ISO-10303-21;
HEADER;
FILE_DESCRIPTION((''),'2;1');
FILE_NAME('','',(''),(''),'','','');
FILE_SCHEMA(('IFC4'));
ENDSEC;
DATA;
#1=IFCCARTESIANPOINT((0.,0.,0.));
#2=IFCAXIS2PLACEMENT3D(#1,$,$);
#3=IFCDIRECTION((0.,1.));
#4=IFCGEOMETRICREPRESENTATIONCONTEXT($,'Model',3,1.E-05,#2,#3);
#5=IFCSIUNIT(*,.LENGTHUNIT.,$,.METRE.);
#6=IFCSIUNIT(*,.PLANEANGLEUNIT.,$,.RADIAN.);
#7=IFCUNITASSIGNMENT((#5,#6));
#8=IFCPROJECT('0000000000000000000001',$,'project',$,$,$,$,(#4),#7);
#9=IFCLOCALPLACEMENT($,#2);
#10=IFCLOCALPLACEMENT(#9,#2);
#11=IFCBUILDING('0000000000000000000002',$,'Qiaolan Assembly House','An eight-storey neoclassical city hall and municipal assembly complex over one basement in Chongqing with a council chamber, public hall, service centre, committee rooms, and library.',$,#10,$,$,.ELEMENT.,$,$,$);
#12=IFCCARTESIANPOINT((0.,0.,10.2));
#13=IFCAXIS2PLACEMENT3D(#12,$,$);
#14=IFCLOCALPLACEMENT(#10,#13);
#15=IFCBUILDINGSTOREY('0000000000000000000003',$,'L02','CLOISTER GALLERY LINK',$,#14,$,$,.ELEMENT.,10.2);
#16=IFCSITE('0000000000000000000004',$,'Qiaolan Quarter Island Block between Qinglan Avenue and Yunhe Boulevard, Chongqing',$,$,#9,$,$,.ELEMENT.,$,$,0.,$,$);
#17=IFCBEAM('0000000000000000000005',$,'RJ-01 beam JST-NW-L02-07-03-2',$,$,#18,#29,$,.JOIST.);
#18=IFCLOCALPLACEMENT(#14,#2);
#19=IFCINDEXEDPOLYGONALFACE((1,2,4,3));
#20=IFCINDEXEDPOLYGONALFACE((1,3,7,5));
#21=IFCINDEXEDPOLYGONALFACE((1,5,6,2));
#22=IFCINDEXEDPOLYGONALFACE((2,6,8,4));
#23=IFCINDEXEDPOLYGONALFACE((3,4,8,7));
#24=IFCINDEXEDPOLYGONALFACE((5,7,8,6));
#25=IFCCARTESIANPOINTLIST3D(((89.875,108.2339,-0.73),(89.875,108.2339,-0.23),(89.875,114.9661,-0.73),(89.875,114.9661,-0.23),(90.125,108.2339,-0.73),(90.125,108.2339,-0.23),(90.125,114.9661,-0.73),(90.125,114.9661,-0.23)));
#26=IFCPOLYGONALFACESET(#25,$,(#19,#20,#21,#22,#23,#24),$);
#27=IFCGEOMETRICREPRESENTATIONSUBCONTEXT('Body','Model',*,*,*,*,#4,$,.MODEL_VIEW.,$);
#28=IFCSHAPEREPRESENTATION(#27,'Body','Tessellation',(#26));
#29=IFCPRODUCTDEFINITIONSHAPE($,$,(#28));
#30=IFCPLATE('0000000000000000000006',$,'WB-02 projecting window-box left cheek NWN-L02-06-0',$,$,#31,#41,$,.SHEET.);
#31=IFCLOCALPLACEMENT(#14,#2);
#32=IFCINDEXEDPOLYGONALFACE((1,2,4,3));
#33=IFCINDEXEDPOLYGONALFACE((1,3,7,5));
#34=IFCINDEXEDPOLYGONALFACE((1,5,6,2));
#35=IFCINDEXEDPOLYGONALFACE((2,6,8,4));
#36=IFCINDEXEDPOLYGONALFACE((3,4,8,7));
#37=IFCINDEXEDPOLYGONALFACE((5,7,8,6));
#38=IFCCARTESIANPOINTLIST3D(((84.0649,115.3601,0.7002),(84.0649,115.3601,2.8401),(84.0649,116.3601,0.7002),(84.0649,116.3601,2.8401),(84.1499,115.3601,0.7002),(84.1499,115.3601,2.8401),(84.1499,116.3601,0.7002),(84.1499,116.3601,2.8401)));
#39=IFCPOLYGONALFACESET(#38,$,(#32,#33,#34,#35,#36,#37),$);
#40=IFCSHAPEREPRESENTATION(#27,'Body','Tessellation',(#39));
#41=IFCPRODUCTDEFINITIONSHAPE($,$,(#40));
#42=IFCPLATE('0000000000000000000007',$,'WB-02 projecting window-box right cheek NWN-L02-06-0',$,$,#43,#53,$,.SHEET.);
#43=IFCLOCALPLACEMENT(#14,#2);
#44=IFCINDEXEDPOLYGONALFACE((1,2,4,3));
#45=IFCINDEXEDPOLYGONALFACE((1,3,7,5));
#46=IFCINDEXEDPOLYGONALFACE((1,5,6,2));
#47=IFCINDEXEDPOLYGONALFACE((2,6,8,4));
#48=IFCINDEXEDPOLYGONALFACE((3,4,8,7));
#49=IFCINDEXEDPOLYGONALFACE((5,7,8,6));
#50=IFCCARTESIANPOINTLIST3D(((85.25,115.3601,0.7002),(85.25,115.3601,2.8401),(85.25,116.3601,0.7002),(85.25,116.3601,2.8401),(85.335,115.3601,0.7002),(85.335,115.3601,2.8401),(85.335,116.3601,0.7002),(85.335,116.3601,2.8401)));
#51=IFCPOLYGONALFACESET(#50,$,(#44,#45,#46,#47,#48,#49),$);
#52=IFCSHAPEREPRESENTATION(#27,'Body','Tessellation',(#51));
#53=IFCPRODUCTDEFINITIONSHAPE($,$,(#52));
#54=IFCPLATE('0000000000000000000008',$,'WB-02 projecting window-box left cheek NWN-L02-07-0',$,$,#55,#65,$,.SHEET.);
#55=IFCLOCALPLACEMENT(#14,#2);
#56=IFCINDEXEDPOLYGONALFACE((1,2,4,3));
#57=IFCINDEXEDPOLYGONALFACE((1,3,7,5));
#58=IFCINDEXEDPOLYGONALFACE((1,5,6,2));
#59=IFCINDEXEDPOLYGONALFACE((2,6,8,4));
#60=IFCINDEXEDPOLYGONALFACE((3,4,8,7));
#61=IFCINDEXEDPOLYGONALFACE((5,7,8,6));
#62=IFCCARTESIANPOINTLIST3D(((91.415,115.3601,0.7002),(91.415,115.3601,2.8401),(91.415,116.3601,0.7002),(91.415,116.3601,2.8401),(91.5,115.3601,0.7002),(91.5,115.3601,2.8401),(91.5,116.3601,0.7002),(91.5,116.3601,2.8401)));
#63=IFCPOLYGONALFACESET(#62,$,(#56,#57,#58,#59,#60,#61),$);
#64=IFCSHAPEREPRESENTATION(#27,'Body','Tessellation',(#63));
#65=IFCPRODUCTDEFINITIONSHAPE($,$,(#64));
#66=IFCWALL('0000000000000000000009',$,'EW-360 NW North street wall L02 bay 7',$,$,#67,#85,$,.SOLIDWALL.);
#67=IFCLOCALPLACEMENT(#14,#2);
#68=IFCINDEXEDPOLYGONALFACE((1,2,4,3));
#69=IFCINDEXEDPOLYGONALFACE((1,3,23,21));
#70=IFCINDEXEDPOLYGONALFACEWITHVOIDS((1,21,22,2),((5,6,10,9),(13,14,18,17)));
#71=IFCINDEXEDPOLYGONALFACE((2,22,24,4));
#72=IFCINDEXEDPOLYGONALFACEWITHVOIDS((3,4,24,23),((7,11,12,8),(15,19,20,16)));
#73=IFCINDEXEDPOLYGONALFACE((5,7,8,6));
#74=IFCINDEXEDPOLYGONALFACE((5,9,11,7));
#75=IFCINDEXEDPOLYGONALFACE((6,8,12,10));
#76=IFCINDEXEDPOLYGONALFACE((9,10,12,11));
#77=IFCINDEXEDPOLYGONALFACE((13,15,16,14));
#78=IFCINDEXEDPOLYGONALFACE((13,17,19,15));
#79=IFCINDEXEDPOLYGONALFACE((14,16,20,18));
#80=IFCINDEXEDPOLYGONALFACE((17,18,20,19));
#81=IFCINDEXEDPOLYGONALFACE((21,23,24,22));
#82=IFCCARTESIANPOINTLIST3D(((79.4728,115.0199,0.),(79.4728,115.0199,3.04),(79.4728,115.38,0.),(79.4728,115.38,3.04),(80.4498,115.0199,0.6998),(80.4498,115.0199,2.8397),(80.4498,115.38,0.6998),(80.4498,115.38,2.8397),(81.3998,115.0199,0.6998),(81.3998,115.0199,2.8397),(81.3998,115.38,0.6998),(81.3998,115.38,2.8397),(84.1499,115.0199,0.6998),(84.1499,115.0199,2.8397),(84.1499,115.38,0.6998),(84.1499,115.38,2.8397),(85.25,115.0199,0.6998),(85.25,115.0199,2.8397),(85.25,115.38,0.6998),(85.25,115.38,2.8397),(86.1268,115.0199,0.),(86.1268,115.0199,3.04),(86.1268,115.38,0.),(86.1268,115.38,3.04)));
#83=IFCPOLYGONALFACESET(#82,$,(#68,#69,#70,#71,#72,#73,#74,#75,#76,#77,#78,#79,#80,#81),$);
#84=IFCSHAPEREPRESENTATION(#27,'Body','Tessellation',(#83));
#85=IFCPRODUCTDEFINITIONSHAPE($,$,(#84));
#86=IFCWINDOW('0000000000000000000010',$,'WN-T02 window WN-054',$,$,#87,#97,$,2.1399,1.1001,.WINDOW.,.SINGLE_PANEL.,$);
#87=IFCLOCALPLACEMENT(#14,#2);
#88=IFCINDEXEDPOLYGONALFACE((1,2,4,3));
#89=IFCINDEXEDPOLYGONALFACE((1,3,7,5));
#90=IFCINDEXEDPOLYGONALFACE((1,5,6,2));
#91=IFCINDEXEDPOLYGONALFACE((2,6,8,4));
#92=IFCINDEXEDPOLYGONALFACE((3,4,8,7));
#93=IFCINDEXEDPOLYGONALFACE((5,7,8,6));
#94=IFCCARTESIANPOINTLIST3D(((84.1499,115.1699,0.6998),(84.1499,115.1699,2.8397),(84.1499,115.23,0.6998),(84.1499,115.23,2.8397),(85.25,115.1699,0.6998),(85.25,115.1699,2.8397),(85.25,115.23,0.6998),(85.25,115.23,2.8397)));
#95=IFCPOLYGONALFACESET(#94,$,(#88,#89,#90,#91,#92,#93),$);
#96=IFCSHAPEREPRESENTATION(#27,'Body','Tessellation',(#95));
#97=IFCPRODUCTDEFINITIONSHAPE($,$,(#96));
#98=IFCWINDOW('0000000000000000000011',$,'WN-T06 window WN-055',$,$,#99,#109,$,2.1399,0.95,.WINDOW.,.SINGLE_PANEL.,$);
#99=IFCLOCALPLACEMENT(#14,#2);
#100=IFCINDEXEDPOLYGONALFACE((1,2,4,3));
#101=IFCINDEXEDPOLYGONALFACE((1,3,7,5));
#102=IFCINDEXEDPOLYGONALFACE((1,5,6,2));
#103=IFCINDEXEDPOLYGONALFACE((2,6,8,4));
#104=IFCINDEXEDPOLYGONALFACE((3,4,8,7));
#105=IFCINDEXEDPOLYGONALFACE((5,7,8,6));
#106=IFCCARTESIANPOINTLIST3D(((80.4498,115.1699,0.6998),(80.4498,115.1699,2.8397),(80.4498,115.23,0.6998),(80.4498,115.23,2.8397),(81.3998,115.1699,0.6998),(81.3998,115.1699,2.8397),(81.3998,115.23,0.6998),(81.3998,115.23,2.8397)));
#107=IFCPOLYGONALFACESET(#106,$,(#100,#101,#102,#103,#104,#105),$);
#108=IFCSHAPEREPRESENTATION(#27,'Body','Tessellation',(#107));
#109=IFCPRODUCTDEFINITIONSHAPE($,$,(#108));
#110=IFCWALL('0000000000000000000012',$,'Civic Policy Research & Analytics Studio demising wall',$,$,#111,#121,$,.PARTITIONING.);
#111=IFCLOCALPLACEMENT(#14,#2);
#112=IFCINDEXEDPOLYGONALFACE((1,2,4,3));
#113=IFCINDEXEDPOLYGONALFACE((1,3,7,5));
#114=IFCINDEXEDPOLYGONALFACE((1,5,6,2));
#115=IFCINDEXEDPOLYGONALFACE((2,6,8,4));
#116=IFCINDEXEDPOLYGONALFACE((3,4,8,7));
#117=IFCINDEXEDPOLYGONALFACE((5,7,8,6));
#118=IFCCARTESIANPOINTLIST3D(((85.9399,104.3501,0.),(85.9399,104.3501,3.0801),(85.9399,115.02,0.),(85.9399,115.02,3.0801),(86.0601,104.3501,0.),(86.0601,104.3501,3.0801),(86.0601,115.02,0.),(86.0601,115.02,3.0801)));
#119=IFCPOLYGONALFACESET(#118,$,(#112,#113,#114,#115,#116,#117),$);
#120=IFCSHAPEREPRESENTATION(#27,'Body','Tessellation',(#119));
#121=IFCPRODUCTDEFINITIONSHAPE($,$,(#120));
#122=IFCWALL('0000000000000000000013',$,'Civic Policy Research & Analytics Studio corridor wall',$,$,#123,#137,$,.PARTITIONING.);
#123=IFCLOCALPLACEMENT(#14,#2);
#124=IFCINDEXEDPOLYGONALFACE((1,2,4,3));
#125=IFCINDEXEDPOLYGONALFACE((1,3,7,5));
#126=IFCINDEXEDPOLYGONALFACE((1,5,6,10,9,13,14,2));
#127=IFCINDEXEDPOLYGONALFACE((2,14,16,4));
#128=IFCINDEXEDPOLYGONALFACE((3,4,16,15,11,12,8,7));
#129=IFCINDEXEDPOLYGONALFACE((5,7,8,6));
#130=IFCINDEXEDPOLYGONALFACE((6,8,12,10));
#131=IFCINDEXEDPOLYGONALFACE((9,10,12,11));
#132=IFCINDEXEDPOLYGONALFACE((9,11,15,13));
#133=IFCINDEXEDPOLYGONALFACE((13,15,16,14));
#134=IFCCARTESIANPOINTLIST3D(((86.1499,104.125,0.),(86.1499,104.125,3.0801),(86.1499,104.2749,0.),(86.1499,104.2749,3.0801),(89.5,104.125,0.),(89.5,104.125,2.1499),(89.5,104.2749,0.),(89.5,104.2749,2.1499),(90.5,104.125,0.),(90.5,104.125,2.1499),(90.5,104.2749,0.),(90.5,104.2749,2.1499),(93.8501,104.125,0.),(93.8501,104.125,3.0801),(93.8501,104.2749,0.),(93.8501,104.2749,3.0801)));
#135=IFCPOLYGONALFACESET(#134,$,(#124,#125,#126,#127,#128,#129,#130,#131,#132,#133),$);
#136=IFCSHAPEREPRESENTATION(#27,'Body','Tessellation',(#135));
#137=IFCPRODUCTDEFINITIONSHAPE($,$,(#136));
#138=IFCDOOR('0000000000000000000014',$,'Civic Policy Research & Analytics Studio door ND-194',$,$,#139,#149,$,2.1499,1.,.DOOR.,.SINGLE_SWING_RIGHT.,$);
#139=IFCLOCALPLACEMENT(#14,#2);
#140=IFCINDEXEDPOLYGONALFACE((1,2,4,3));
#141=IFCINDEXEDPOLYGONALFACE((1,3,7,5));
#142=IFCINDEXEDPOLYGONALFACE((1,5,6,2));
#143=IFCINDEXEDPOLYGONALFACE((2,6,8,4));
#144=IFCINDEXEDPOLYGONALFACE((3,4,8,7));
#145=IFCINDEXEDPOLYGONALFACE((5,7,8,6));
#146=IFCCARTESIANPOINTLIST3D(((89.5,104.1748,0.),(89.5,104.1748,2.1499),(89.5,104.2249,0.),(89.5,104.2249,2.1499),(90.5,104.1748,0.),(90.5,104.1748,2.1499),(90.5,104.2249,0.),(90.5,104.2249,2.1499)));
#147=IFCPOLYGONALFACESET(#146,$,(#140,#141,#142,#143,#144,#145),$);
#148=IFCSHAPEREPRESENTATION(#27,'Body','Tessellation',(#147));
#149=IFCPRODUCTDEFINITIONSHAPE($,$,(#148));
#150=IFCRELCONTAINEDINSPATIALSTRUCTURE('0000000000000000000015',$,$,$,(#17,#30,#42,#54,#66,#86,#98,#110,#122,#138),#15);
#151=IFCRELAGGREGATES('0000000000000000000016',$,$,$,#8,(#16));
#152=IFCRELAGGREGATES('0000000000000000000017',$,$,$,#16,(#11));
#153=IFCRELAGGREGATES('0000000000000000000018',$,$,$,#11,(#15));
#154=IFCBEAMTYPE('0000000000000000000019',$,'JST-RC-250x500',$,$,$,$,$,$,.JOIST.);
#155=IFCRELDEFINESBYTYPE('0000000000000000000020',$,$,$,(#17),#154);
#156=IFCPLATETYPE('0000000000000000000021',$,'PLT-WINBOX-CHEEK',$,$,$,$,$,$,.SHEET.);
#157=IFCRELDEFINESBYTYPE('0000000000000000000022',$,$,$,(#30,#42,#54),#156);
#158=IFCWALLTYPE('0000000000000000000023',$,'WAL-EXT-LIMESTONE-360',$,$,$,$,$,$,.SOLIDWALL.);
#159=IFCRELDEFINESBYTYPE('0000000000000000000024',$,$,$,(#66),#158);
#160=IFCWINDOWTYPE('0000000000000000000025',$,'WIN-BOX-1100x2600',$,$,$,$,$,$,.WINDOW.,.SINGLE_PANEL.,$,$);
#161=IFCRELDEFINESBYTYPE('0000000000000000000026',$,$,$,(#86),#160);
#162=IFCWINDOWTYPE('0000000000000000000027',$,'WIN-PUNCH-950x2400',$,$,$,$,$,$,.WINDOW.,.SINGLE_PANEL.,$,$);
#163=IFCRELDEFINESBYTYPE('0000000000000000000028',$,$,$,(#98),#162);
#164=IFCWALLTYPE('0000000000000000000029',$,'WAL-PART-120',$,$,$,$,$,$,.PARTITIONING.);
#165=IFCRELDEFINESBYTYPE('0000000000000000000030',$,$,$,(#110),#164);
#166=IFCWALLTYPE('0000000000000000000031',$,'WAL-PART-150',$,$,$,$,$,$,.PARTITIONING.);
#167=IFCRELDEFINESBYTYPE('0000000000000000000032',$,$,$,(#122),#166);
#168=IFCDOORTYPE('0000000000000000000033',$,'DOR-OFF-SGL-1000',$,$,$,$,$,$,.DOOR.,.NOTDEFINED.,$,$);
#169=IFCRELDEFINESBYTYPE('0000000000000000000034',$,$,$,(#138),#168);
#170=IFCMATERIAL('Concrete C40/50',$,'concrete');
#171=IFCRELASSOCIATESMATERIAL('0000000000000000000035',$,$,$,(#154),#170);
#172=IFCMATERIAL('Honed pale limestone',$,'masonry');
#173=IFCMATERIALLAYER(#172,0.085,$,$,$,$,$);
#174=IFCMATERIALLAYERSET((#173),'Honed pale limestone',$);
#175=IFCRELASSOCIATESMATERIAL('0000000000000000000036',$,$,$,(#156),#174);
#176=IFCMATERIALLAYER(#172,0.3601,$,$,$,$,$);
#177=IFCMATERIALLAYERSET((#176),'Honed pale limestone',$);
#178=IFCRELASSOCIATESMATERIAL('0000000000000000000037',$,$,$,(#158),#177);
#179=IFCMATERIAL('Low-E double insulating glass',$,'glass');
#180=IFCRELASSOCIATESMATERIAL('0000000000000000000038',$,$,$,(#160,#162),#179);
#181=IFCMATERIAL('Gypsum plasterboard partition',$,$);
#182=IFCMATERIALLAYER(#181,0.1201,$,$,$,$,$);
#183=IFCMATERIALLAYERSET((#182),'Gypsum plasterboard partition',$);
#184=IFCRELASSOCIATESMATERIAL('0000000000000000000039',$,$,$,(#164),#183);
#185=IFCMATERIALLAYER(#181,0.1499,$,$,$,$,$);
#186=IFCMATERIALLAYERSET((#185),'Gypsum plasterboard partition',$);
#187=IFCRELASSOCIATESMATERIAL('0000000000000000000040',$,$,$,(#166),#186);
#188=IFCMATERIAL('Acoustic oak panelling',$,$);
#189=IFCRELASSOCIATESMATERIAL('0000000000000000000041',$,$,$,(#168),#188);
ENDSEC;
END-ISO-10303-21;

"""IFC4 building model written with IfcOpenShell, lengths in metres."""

from ifc_helpers import new_model, si_unit, direction, frame, frame_2d, origin, origin_2d, place, context, subcontext, project, spatial, rectangle, extrude, material, layer, layer_set, material_profile, profile_set, type_object, element, fill, save


model = new_model("IFC4")

# Units and contexts
model_context = context("Model", 3, precision=1e-05, world=origin(), true_north=direction((0.0, 1.0)))
body_context = subcontext(model_context, "Body", "Model", "MODEL_VIEW")
ifc_project = project(units=[si_unit("LENGTHUNIT", "METRE"), si_unit("PLANEANGLEUNIT", "RADIAN")], contexts=[model_context])

# Site, building, storey
site_placement = place(None, origin())
site = spatial("IfcSite", under=ifc_project, at=site_placement, Name="Qiaolan Quarter Island Block between Qinglan Avenue and Yunhe Boulevard, Chongqing", CompositionType="ELEMENT", RefElevation=0.0)
building_placement = place(site_placement, origin())
building = spatial("IfcBuilding", under=site, at=building_placement, Name="Qiaolan Assembly House", Description="An eight-storey neoclassical city hall and municipal assembly complex over one basement in Chongqing with a council chamber, public hall, service centre, committee rooms, and library.", CompositionType="ELEMENT")
storey_placement = place(building_placement, frame((0.0, 0.0, 10.2)))
storey = spatial("IfcBuildingStorey", under=building, at=storey_placement, Name="L02", Description="CLOISTER GALLERY LINK", CompositionType="ELEMENT", Elevation=10.2)

# Beam
ifc_material_1 = material(Name="Concrete C40/50", Category="concrete")
ifc_material_profile_1 = material_profile(ifc_material_1, rectangle(XDim=0.25, YDim=0.5, at=origin_2d()), Name="RCB 250x500")
ifc_profile_set_1 = profile_set([ifc_material_profile_1], Name="Concrete C40/50")
beam_type_1 = type_object("IfcBeamType", Name="JST-RC-250x500", PredefinedType="JOIST", material=ifc_profile_set_1)
for number, where, z_axis, x_axis, name in (
    (1, (90.0, 108.2339, -0.48), (0.0, 1.0, 0.0), (-1.0, 0.0, 0.0), "RJ-01 beam JST-NW-L02-07-03-2"),
):
    element("IfcBeam", number, at=place(storey_placement, frame(where, z_axis=z_axis, x_axis=x_axis)), inside=storey, type_object=beam_type_1, Name=name, PredefinedType="JOIST", context=body_context, shape_type="SweptSolid", body=[
        extrude(rectangle(XDim=0.25, YDim=0.5, at=origin_2d()), origin(), (0.0, 0.0, 1.0), 6.7322),
    ])

# Plates
ifc_material_2 = material(Name="Honed pale limestone", Category="masonry")
ifc_layer_1 = layer(ifc_material_2, 0.085)
ifc_layer_set_1 = layer_set([ifc_layer_1], Name="Honed pale limestone")
plate_type = type_object("IfcPlateType", Name="PLT-WINBOX-CHEEK", PredefinedType="SHEET", material=ifc_layer_set_1)
for number, where, z_axis, x_axis, name in (
    (2, (84.1074, 115.8601, 0.7002), (0.0, 0.0, 1.0), (1.0, 0.0, 0.0), "WB-02 projecting window-box left cheek NWN-L02-06-0"),
    (3, (85.2925, 115.8601, 0.7002), (0.0, 0.0, 1.0), (1.0, 0.0, 0.0), "WB-02 projecting window-box right cheek NWN-L02-06-0"),
    (4, (91.4575, 115.8601, 0.7002), (0.0, 0.0, 1.0), (1.0, 0.0, 0.0), "WB-02 projecting window-box left cheek NWN-L02-07-0"),
):
    element("IfcPlate", number, at=place(storey_placement, frame(where, z_axis=z_axis, x_axis=x_axis)), inside=storey, type_object=plate_type, Name=name, PredefinedType="SHEET", context=body_context, shape_type="SweptSolid", body=[
        extrude(rectangle(XDim=0.085, YDim=1.0, at=origin_2d()), origin(), (0.0, 0.0, 1.0), 2.1399),
    ])

# Wall, openings, windows
ifc_layer_2 = layer(ifc_material_2, 0.3601)
ifc_layer_set_2 = layer_set([ifc_layer_2], Name="Honed pale limestone")
wall_type_1 = type_object("IfcWallType", Name="WAL-EXT-LIMESTONE-360", PredefinedType="SOLIDWALL", material=ifc_layer_set_2)
wall_1_placement = place(storey_placement, frame((86.127, 115.2, 0.0), z_axis=(0.0, 0.0, 1.0), x_axis=(-1.0, 0.0, 0.0)))
wall_1 = element("IfcWall", 5, at=wall_1_placement, inside=storey, type_object=wall_type_1, Name="EW-360 NW North street wall L02 bay 7", PredefinedType="SOLIDWALL", context=body_context, shape_type="SweptSolid", body=[
    extrude(rectangle(XDim=6.6541, YDim=0.3601, at=frame_2d((3.3271, 0.0))), origin(), (0.0, 0.0, 1.0), 3.04),
])
opening_1_placement = place(wall_1_placement, frame((0.877, 0.0, 0.7)))
opening_1 = element("IfcOpeningElement", 6, at=opening_1_placement, cuts=wall_1, PredefinedType="OPENING", context=body_context, shape_type="SweptSolid", body=[
    extrude(rectangle(XDim=1.1001, YDim=2.1399, at=frame_2d((0.55, 1.0698))), frame((0.0, 0.1899, 0.0), z_axis=(0.0, -1.0, 0.0), x_axis=(1.0, 0.0, 0.0)), (0.0, 0.0, 1.0), 0.3801),
])
opening_2_placement = place(wall_1_placement, frame((4.7271, 0.0, 0.7)))
opening_2 = element("IfcOpeningElement", 7, at=opening_2_placement, cuts=wall_1, PredefinedType="OPENING", context=body_context, shape_type="SweptSolid", body=[
    extrude(rectangle(XDim=0.95, YDim=2.1399, at=frame_2d((0.4751, 1.0698))), frame((0.0, 0.1899, 0.0), z_axis=(0.0, -1.0, 0.0), x_axis=(1.0, 0.0, 0.0)), (0.0, 0.0, 1.0), 0.3801),
])
ifc_material_3 = material(Name="Low-E double insulating glass", Category="glass")
window_type_1 = type_object("IfcWindowType", Name="WIN-BOX-1100x2600", PartitioningType="SINGLE_PANEL", PredefinedType="WINDOW", material=ifc_material_3)
window_1_placement = place(opening_1_placement, origin())
window_1 = element("IfcWindow", 8, at=window_1_placement, inside=storey, type_object=window_type_1, Name="WN-T02 window WN-054", OverallHeight=2.1399, OverallWidth=1.1001, PartitioningType="SINGLE_PANEL", PredefinedType="WINDOW", context=body_context, shape_type="SweptSolid", body=[
    extrude(rectangle(XDim=1.1001, YDim=2.1399, at=frame_2d((0.55, 1.0698))), frame((0.0, 0.03, 0.0), z_axis=(0.0, -1.0, 0.0), x_axis=(1.0, 0.0, 0.0)), (0.0, 0.0, 1.0), 0.0601),
])
fill(opening_1, window_1)
window_type_2 = type_object("IfcWindowType", Name="WIN-PUNCH-950x2400", PartitioningType="SINGLE_PANEL", PredefinedType="WINDOW", material=ifc_material_3)
window_2_placement = place(opening_2_placement, origin())
window_2 = element("IfcWindow", 9, at=window_2_placement, inside=storey, type_object=window_type_2, Name="WN-T06 window WN-055", OverallHeight=2.1399, OverallWidth=0.95, PartitioningType="SINGLE_PANEL", PredefinedType="WINDOW", context=body_context, shape_type="SweptSolid", body=[
    extrude(rectangle(XDim=0.95, YDim=2.1399, at=frame_2d((0.4751, 1.0698))), frame((0.0, 0.03, 0.0), z_axis=(0.0, -1.0, 0.0), x_axis=(1.0, 0.0, 0.0)), (0.0, 0.0, 1.0), 0.0601),
])
fill(opening_2, window_2)

# Wall
ifc_material_4 = material(Name="Gypsum plasterboard partition")
ifc_layer_3 = layer(ifc_material_4, 0.1201)
ifc_layer_set_3 = layer_set([ifc_layer_3], Name="Gypsum plasterboard partition")
wall_type_2 = type_object("IfcWallType", Name="WAL-PART-120", PredefinedType="PARTITIONING", material=ifc_layer_set_3)
wall_2_placement = place(storey_placement, frame((86.0, 104.3501, 0.0), z_axis=(0.0, 0.0, 1.0), x_axis=(0.0, 1.0, 0.0)))
element("IfcWall", 10, at=wall_2_placement, inside=storey, type_object=wall_type_2, Name="Civic Policy Research & Analytics Studio demising wall", PredefinedType="PARTITIONING", context=body_context, shape_type="SweptSolid", body=[
    extrude(rectangle(XDim=10.6699, YDim=0.1201, at=frame_2d((5.335, 0.0))), origin(), (0.0, 0.0, 1.0), 3.0801),
])

# Wall, opening, door
ifc_layer_4 = layer(ifc_material_4, 0.1499)
ifc_layer_set_4 = layer_set([ifc_layer_4], Name="Gypsum plasterboard partition")
wall_type_3 = type_object("IfcWallType", Name="WAL-PART-150", PredefinedType="PARTITIONING", material=ifc_layer_set_4)
wall_3_placement = place(storey_placement, frame((86.1499, 104.2, 0.0), z_axis=(0.0, 0.0, 1.0), x_axis=(1.0, 0.0, 0.0)))
wall_3 = element("IfcWall", 11, at=wall_3_placement, inside=storey, type_object=wall_type_3, Name="Civic Policy Research & Analytics Studio corridor wall", PredefinedType="PARTITIONING", context=body_context, shape_type="SweptSolid", body=[
    extrude(rectangle(XDim=7.7002, YDim=0.1499, at=frame_2d((3.8501, 0.0))), origin(), (0.0, 0.0, 1.0), 3.0801),
])
opening_3_placement = place(wall_3_placement, frame((3.3501, 0.0, 0.0)))
opening_3 = element("IfcOpeningElement", 12, at=opening_3_placement, cuts=wall_3, PredefinedType="OPENING", context=body_context, shape_type="SweptSolid", body=[
    extrude(rectangle(XDim=1.0, YDim=2.1499, at=frame_2d((0.5, 1.075))), frame((0.0, 0.085, 0.0), z_axis=(0.0, -1.0, 0.0), x_axis=(1.0, 0.0, 0.0)), (0.0, 0.0, 1.0), 0.1699),
])
ifc_material_5 = material(Name="Acoustic oak panelling")
door_type = type_object("IfcDoorType", Name="DOR-OFF-SGL-1000", OperationType="NOTDEFINED", PredefinedType="DOOR", material=ifc_material_5)
door_placement = place(opening_3_placement, origin())
door = element("IfcDoor", 13, at=door_placement, inside=storey, type_object=door_type, Name="Civic Policy Research & Analytics Studio door ND-194", OperationType="SINGLE_SWING_RIGHT", OverallHeight=2.1499, OverallWidth=1.0, PredefinedType="DOOR", context=body_context, shape_type="SweptSolid", body=[
    extrude(rectangle(XDim=1.0, YDim=2.1499, at=frame_2d((0.5, 1.075))), frame((0.0, 0.0249, 0.0), z_axis=(0.0, -1.0, 0.0), x_axis=(1.0, 0.0, 0.0)), (0.0, 0.0, 1.0), 0.05),
])
fill(opening_3, door)

save(model, "model.ifc")
